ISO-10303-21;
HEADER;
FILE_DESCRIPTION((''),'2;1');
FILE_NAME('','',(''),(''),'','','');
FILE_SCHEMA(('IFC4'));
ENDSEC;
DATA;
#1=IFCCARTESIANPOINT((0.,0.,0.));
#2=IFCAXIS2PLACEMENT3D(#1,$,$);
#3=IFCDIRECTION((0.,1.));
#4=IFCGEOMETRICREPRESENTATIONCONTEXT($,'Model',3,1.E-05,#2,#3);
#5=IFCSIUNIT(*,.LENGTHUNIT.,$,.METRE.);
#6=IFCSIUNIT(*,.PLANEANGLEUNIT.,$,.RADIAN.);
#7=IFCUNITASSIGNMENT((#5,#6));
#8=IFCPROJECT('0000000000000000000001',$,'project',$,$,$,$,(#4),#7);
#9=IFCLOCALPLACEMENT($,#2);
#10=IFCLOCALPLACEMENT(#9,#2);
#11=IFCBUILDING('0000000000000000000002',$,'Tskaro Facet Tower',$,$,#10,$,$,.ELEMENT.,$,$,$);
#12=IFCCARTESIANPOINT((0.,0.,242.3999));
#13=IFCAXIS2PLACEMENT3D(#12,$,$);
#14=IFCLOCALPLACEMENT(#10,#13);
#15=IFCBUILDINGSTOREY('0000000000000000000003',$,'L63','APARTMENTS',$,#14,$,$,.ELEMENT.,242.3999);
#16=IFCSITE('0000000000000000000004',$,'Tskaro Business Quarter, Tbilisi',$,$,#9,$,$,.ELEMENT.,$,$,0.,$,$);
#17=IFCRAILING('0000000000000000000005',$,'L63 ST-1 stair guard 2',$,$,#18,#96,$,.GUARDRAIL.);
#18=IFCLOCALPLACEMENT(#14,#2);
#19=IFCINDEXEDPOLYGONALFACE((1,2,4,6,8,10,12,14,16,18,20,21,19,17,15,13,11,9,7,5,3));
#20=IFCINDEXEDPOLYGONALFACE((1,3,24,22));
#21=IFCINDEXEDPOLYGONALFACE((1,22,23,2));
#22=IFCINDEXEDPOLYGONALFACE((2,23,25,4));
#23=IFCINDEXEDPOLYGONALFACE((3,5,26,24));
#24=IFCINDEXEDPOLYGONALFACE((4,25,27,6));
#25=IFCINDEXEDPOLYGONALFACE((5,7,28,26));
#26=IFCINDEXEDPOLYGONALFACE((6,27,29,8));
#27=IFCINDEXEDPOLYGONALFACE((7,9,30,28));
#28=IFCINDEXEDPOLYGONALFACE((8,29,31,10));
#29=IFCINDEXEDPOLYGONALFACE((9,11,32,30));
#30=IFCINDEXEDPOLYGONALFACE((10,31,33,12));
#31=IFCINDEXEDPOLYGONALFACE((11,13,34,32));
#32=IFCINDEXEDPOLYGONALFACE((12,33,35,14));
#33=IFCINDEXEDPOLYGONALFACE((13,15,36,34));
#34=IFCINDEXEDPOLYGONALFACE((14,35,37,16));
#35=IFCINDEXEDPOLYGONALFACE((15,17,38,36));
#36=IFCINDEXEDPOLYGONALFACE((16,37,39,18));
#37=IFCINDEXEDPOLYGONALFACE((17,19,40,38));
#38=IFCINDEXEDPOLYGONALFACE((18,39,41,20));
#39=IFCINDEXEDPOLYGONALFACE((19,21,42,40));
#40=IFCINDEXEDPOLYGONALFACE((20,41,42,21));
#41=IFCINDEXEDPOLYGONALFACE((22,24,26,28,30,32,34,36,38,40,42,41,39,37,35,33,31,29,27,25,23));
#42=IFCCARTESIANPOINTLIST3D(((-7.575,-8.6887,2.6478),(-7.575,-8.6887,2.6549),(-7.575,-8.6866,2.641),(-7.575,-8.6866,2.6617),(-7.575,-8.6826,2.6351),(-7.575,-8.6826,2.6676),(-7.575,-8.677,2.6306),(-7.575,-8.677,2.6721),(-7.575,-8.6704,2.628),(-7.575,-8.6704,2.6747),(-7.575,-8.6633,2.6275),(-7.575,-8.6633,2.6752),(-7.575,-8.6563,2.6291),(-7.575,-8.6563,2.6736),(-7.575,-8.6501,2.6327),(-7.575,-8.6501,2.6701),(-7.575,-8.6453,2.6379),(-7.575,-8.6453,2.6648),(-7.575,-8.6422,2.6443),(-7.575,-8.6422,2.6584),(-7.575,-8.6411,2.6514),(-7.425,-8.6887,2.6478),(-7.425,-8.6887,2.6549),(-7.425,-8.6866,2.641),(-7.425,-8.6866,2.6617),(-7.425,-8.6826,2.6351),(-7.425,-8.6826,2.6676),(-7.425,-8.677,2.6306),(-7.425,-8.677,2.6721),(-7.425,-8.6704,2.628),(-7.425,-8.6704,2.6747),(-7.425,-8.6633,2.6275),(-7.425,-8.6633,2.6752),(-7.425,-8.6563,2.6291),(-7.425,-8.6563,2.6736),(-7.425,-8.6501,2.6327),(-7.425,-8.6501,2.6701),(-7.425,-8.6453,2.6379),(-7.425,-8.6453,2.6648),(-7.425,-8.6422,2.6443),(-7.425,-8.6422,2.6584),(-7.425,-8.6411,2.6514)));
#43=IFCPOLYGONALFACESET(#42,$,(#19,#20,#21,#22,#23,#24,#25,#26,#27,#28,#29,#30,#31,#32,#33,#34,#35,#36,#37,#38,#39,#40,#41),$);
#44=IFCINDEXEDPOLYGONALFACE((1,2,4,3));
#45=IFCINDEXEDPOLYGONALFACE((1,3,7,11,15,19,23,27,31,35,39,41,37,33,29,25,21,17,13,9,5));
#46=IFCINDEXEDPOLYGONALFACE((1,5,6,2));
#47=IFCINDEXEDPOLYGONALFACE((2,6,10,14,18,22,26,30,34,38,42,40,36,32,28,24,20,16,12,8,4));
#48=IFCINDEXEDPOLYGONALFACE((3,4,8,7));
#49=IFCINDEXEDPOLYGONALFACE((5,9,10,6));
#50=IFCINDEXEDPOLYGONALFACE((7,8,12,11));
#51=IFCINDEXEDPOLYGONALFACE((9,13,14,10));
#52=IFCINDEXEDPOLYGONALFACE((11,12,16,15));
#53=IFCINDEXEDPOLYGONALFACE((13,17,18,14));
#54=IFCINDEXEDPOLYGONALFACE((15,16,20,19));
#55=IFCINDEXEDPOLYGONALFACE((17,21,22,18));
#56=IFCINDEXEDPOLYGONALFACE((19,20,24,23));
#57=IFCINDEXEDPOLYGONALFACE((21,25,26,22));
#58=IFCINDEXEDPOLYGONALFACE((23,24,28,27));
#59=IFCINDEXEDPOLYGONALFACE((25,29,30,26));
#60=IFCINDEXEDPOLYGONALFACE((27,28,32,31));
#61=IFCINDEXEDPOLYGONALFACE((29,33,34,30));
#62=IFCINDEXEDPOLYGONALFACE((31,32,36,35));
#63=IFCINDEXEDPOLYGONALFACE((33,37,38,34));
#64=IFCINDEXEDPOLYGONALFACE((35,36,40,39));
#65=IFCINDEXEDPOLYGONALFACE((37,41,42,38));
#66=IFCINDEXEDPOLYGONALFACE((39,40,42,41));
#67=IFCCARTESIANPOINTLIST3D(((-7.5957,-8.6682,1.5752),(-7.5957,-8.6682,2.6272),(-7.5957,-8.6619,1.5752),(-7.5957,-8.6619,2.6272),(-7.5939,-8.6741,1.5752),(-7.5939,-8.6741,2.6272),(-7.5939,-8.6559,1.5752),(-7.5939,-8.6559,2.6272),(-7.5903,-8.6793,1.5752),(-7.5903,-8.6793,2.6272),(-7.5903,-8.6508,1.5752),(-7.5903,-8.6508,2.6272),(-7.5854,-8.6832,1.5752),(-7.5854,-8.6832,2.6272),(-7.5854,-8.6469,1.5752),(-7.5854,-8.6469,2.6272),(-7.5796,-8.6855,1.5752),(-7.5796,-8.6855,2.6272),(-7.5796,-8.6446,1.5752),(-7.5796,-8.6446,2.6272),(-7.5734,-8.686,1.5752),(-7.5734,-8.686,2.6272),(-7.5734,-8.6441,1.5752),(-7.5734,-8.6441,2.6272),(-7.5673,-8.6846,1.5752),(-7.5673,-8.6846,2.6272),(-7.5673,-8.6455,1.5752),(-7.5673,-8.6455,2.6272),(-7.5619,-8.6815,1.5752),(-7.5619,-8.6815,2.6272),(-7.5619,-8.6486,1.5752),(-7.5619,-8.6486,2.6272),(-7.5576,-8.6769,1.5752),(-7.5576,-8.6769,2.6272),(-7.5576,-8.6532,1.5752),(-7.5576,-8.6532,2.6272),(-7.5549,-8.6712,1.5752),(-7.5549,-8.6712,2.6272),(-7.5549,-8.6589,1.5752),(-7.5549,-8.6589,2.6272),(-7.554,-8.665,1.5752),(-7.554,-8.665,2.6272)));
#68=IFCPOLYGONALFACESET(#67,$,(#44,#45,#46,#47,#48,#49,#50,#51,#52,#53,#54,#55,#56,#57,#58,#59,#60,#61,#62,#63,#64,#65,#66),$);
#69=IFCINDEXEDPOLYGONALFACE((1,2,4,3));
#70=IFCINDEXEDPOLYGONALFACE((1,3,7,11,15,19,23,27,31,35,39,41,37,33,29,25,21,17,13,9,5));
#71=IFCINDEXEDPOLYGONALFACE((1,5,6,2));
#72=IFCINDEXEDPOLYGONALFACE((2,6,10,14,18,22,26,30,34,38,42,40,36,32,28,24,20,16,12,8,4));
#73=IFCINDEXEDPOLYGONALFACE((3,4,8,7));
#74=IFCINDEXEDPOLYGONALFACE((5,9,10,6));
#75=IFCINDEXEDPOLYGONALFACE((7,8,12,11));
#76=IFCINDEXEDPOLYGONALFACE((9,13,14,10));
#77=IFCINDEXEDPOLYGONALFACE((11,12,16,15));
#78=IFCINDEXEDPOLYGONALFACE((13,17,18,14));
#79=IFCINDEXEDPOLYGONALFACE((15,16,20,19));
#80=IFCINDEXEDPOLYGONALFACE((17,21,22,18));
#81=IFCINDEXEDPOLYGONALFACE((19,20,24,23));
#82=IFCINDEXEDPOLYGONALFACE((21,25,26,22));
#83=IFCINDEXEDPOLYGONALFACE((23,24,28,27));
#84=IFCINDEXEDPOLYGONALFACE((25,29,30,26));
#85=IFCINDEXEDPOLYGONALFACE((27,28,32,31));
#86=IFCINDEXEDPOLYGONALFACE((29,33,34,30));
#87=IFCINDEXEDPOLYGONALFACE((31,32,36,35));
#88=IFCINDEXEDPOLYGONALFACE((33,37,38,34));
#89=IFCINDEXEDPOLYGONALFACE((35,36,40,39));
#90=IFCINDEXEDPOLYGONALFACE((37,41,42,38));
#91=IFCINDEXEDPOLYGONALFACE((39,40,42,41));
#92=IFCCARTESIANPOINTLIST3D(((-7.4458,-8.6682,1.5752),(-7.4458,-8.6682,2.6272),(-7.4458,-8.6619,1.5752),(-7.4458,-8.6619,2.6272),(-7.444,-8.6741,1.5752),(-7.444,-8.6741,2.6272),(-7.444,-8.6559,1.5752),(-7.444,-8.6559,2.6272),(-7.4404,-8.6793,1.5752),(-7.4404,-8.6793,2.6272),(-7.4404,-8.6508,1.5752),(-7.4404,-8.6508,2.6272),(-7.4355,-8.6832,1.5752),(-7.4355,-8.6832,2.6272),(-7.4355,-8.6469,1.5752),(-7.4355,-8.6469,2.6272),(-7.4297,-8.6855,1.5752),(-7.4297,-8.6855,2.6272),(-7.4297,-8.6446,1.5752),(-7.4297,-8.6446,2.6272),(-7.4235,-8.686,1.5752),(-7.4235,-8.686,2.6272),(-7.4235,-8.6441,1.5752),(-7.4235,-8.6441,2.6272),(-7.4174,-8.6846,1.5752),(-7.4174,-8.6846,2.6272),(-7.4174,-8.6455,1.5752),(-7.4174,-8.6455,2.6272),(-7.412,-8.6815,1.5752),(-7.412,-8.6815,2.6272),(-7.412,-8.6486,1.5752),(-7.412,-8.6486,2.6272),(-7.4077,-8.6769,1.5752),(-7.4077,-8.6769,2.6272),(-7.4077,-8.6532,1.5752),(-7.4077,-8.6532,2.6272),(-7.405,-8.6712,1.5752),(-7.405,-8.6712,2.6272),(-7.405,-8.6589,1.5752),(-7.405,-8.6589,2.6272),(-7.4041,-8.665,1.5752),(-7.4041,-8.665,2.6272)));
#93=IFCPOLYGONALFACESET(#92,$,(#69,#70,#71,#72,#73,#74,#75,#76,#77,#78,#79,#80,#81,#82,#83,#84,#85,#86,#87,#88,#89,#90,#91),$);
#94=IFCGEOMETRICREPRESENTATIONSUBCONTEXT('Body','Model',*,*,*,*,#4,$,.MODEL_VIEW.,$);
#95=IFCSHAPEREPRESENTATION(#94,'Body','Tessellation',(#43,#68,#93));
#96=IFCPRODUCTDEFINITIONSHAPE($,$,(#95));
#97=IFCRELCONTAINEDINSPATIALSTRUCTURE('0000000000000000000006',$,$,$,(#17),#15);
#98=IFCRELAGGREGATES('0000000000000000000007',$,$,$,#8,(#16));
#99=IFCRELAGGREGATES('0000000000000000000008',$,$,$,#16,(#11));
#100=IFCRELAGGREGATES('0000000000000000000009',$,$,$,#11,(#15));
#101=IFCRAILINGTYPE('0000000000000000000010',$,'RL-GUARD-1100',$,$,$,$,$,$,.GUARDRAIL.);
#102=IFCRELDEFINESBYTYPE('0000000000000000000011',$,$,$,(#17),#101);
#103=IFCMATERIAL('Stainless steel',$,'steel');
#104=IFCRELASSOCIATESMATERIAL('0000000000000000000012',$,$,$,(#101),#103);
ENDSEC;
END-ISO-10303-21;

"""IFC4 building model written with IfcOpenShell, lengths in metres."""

from ifc_helpers import new_model, si_unit, direction, frame, origin, origin_2d, place, context, subcontext, project, spatial, circle, extrude, material, type_object, element, save


model = new_model("IFC4")

# Units and contexts
model_context = context("Model", 3, precision=1e-05, world=origin(), true_north=direction((0.0, 1.0)))
body_context = subcontext(model_context, "Body", "Model", "MODEL_VIEW")
ifc_project = project(units=[si_unit("LENGTHUNIT", "METRE"), si_unit("PLANEANGLEUNIT", "RADIAN")], contexts=[model_context])

# Site, building, storey
site_placement = place(None, origin())
site = spatial("IfcSite", under=ifc_project, at=site_placement, Name="Tskaro Business Quarter, Tbilisi", CompositionType="ELEMENT", RefElevation=0.0)
building_placement = place(site_placement, origin())
building = spatial("IfcBuilding", under=site, at=building_placement, Name="Tskaro Facet Tower", CompositionType="ELEMENT")
storey_placement = place(building_placement, frame((0.0, 0.0, 242.3999)))
storey = spatial("IfcBuildingStorey", under=building, at=storey_placement, Name="L63", Description="APARTMENTS", CompositionType="ELEMENT", Elevation=242.3999)

# Shared definitions
ifc_material_1 = material(Name="Stainless steel", Category="steel")

# Railing
railing_type_1 = type_object("IfcRailingType", Name="RL-GUARD-1100", PredefinedType="GUARDRAIL", material=ifc_material_1)
railing_1_placement = place(storey_placement, frame((-7.575, -8.665, 1.5752)))
element("IfcRailing", 1, at=railing_1_placement, inside=storey, type_object=railing_type_1, Name="L63 ST-1 stair guard 2", PredefinedType="GUARDRAIL", context=body_context, shape_type="SweptSolid", body=[
    extrude(circle(Radius=0.0239, at=origin_2d()), frame((0.0, 0.0, 1.0762), z_axis=(1.0, 0.0, 0.0), x_axis=(0.0, 1.0, 0.0)), (0.0, 0.0, 1.0), 0.1499),
    extrude(circle(Radius=0.021, at=origin_2d()), origin(), (0.0, 0.0, 1.0), 1.052),
    extrude(circle(Radius=0.021, at=origin_2d()), frame((0.1499, 0.0, 0.0)), (0.0, 0.0, 1.0), 1.052),
])

save(model, "model.ifc")
